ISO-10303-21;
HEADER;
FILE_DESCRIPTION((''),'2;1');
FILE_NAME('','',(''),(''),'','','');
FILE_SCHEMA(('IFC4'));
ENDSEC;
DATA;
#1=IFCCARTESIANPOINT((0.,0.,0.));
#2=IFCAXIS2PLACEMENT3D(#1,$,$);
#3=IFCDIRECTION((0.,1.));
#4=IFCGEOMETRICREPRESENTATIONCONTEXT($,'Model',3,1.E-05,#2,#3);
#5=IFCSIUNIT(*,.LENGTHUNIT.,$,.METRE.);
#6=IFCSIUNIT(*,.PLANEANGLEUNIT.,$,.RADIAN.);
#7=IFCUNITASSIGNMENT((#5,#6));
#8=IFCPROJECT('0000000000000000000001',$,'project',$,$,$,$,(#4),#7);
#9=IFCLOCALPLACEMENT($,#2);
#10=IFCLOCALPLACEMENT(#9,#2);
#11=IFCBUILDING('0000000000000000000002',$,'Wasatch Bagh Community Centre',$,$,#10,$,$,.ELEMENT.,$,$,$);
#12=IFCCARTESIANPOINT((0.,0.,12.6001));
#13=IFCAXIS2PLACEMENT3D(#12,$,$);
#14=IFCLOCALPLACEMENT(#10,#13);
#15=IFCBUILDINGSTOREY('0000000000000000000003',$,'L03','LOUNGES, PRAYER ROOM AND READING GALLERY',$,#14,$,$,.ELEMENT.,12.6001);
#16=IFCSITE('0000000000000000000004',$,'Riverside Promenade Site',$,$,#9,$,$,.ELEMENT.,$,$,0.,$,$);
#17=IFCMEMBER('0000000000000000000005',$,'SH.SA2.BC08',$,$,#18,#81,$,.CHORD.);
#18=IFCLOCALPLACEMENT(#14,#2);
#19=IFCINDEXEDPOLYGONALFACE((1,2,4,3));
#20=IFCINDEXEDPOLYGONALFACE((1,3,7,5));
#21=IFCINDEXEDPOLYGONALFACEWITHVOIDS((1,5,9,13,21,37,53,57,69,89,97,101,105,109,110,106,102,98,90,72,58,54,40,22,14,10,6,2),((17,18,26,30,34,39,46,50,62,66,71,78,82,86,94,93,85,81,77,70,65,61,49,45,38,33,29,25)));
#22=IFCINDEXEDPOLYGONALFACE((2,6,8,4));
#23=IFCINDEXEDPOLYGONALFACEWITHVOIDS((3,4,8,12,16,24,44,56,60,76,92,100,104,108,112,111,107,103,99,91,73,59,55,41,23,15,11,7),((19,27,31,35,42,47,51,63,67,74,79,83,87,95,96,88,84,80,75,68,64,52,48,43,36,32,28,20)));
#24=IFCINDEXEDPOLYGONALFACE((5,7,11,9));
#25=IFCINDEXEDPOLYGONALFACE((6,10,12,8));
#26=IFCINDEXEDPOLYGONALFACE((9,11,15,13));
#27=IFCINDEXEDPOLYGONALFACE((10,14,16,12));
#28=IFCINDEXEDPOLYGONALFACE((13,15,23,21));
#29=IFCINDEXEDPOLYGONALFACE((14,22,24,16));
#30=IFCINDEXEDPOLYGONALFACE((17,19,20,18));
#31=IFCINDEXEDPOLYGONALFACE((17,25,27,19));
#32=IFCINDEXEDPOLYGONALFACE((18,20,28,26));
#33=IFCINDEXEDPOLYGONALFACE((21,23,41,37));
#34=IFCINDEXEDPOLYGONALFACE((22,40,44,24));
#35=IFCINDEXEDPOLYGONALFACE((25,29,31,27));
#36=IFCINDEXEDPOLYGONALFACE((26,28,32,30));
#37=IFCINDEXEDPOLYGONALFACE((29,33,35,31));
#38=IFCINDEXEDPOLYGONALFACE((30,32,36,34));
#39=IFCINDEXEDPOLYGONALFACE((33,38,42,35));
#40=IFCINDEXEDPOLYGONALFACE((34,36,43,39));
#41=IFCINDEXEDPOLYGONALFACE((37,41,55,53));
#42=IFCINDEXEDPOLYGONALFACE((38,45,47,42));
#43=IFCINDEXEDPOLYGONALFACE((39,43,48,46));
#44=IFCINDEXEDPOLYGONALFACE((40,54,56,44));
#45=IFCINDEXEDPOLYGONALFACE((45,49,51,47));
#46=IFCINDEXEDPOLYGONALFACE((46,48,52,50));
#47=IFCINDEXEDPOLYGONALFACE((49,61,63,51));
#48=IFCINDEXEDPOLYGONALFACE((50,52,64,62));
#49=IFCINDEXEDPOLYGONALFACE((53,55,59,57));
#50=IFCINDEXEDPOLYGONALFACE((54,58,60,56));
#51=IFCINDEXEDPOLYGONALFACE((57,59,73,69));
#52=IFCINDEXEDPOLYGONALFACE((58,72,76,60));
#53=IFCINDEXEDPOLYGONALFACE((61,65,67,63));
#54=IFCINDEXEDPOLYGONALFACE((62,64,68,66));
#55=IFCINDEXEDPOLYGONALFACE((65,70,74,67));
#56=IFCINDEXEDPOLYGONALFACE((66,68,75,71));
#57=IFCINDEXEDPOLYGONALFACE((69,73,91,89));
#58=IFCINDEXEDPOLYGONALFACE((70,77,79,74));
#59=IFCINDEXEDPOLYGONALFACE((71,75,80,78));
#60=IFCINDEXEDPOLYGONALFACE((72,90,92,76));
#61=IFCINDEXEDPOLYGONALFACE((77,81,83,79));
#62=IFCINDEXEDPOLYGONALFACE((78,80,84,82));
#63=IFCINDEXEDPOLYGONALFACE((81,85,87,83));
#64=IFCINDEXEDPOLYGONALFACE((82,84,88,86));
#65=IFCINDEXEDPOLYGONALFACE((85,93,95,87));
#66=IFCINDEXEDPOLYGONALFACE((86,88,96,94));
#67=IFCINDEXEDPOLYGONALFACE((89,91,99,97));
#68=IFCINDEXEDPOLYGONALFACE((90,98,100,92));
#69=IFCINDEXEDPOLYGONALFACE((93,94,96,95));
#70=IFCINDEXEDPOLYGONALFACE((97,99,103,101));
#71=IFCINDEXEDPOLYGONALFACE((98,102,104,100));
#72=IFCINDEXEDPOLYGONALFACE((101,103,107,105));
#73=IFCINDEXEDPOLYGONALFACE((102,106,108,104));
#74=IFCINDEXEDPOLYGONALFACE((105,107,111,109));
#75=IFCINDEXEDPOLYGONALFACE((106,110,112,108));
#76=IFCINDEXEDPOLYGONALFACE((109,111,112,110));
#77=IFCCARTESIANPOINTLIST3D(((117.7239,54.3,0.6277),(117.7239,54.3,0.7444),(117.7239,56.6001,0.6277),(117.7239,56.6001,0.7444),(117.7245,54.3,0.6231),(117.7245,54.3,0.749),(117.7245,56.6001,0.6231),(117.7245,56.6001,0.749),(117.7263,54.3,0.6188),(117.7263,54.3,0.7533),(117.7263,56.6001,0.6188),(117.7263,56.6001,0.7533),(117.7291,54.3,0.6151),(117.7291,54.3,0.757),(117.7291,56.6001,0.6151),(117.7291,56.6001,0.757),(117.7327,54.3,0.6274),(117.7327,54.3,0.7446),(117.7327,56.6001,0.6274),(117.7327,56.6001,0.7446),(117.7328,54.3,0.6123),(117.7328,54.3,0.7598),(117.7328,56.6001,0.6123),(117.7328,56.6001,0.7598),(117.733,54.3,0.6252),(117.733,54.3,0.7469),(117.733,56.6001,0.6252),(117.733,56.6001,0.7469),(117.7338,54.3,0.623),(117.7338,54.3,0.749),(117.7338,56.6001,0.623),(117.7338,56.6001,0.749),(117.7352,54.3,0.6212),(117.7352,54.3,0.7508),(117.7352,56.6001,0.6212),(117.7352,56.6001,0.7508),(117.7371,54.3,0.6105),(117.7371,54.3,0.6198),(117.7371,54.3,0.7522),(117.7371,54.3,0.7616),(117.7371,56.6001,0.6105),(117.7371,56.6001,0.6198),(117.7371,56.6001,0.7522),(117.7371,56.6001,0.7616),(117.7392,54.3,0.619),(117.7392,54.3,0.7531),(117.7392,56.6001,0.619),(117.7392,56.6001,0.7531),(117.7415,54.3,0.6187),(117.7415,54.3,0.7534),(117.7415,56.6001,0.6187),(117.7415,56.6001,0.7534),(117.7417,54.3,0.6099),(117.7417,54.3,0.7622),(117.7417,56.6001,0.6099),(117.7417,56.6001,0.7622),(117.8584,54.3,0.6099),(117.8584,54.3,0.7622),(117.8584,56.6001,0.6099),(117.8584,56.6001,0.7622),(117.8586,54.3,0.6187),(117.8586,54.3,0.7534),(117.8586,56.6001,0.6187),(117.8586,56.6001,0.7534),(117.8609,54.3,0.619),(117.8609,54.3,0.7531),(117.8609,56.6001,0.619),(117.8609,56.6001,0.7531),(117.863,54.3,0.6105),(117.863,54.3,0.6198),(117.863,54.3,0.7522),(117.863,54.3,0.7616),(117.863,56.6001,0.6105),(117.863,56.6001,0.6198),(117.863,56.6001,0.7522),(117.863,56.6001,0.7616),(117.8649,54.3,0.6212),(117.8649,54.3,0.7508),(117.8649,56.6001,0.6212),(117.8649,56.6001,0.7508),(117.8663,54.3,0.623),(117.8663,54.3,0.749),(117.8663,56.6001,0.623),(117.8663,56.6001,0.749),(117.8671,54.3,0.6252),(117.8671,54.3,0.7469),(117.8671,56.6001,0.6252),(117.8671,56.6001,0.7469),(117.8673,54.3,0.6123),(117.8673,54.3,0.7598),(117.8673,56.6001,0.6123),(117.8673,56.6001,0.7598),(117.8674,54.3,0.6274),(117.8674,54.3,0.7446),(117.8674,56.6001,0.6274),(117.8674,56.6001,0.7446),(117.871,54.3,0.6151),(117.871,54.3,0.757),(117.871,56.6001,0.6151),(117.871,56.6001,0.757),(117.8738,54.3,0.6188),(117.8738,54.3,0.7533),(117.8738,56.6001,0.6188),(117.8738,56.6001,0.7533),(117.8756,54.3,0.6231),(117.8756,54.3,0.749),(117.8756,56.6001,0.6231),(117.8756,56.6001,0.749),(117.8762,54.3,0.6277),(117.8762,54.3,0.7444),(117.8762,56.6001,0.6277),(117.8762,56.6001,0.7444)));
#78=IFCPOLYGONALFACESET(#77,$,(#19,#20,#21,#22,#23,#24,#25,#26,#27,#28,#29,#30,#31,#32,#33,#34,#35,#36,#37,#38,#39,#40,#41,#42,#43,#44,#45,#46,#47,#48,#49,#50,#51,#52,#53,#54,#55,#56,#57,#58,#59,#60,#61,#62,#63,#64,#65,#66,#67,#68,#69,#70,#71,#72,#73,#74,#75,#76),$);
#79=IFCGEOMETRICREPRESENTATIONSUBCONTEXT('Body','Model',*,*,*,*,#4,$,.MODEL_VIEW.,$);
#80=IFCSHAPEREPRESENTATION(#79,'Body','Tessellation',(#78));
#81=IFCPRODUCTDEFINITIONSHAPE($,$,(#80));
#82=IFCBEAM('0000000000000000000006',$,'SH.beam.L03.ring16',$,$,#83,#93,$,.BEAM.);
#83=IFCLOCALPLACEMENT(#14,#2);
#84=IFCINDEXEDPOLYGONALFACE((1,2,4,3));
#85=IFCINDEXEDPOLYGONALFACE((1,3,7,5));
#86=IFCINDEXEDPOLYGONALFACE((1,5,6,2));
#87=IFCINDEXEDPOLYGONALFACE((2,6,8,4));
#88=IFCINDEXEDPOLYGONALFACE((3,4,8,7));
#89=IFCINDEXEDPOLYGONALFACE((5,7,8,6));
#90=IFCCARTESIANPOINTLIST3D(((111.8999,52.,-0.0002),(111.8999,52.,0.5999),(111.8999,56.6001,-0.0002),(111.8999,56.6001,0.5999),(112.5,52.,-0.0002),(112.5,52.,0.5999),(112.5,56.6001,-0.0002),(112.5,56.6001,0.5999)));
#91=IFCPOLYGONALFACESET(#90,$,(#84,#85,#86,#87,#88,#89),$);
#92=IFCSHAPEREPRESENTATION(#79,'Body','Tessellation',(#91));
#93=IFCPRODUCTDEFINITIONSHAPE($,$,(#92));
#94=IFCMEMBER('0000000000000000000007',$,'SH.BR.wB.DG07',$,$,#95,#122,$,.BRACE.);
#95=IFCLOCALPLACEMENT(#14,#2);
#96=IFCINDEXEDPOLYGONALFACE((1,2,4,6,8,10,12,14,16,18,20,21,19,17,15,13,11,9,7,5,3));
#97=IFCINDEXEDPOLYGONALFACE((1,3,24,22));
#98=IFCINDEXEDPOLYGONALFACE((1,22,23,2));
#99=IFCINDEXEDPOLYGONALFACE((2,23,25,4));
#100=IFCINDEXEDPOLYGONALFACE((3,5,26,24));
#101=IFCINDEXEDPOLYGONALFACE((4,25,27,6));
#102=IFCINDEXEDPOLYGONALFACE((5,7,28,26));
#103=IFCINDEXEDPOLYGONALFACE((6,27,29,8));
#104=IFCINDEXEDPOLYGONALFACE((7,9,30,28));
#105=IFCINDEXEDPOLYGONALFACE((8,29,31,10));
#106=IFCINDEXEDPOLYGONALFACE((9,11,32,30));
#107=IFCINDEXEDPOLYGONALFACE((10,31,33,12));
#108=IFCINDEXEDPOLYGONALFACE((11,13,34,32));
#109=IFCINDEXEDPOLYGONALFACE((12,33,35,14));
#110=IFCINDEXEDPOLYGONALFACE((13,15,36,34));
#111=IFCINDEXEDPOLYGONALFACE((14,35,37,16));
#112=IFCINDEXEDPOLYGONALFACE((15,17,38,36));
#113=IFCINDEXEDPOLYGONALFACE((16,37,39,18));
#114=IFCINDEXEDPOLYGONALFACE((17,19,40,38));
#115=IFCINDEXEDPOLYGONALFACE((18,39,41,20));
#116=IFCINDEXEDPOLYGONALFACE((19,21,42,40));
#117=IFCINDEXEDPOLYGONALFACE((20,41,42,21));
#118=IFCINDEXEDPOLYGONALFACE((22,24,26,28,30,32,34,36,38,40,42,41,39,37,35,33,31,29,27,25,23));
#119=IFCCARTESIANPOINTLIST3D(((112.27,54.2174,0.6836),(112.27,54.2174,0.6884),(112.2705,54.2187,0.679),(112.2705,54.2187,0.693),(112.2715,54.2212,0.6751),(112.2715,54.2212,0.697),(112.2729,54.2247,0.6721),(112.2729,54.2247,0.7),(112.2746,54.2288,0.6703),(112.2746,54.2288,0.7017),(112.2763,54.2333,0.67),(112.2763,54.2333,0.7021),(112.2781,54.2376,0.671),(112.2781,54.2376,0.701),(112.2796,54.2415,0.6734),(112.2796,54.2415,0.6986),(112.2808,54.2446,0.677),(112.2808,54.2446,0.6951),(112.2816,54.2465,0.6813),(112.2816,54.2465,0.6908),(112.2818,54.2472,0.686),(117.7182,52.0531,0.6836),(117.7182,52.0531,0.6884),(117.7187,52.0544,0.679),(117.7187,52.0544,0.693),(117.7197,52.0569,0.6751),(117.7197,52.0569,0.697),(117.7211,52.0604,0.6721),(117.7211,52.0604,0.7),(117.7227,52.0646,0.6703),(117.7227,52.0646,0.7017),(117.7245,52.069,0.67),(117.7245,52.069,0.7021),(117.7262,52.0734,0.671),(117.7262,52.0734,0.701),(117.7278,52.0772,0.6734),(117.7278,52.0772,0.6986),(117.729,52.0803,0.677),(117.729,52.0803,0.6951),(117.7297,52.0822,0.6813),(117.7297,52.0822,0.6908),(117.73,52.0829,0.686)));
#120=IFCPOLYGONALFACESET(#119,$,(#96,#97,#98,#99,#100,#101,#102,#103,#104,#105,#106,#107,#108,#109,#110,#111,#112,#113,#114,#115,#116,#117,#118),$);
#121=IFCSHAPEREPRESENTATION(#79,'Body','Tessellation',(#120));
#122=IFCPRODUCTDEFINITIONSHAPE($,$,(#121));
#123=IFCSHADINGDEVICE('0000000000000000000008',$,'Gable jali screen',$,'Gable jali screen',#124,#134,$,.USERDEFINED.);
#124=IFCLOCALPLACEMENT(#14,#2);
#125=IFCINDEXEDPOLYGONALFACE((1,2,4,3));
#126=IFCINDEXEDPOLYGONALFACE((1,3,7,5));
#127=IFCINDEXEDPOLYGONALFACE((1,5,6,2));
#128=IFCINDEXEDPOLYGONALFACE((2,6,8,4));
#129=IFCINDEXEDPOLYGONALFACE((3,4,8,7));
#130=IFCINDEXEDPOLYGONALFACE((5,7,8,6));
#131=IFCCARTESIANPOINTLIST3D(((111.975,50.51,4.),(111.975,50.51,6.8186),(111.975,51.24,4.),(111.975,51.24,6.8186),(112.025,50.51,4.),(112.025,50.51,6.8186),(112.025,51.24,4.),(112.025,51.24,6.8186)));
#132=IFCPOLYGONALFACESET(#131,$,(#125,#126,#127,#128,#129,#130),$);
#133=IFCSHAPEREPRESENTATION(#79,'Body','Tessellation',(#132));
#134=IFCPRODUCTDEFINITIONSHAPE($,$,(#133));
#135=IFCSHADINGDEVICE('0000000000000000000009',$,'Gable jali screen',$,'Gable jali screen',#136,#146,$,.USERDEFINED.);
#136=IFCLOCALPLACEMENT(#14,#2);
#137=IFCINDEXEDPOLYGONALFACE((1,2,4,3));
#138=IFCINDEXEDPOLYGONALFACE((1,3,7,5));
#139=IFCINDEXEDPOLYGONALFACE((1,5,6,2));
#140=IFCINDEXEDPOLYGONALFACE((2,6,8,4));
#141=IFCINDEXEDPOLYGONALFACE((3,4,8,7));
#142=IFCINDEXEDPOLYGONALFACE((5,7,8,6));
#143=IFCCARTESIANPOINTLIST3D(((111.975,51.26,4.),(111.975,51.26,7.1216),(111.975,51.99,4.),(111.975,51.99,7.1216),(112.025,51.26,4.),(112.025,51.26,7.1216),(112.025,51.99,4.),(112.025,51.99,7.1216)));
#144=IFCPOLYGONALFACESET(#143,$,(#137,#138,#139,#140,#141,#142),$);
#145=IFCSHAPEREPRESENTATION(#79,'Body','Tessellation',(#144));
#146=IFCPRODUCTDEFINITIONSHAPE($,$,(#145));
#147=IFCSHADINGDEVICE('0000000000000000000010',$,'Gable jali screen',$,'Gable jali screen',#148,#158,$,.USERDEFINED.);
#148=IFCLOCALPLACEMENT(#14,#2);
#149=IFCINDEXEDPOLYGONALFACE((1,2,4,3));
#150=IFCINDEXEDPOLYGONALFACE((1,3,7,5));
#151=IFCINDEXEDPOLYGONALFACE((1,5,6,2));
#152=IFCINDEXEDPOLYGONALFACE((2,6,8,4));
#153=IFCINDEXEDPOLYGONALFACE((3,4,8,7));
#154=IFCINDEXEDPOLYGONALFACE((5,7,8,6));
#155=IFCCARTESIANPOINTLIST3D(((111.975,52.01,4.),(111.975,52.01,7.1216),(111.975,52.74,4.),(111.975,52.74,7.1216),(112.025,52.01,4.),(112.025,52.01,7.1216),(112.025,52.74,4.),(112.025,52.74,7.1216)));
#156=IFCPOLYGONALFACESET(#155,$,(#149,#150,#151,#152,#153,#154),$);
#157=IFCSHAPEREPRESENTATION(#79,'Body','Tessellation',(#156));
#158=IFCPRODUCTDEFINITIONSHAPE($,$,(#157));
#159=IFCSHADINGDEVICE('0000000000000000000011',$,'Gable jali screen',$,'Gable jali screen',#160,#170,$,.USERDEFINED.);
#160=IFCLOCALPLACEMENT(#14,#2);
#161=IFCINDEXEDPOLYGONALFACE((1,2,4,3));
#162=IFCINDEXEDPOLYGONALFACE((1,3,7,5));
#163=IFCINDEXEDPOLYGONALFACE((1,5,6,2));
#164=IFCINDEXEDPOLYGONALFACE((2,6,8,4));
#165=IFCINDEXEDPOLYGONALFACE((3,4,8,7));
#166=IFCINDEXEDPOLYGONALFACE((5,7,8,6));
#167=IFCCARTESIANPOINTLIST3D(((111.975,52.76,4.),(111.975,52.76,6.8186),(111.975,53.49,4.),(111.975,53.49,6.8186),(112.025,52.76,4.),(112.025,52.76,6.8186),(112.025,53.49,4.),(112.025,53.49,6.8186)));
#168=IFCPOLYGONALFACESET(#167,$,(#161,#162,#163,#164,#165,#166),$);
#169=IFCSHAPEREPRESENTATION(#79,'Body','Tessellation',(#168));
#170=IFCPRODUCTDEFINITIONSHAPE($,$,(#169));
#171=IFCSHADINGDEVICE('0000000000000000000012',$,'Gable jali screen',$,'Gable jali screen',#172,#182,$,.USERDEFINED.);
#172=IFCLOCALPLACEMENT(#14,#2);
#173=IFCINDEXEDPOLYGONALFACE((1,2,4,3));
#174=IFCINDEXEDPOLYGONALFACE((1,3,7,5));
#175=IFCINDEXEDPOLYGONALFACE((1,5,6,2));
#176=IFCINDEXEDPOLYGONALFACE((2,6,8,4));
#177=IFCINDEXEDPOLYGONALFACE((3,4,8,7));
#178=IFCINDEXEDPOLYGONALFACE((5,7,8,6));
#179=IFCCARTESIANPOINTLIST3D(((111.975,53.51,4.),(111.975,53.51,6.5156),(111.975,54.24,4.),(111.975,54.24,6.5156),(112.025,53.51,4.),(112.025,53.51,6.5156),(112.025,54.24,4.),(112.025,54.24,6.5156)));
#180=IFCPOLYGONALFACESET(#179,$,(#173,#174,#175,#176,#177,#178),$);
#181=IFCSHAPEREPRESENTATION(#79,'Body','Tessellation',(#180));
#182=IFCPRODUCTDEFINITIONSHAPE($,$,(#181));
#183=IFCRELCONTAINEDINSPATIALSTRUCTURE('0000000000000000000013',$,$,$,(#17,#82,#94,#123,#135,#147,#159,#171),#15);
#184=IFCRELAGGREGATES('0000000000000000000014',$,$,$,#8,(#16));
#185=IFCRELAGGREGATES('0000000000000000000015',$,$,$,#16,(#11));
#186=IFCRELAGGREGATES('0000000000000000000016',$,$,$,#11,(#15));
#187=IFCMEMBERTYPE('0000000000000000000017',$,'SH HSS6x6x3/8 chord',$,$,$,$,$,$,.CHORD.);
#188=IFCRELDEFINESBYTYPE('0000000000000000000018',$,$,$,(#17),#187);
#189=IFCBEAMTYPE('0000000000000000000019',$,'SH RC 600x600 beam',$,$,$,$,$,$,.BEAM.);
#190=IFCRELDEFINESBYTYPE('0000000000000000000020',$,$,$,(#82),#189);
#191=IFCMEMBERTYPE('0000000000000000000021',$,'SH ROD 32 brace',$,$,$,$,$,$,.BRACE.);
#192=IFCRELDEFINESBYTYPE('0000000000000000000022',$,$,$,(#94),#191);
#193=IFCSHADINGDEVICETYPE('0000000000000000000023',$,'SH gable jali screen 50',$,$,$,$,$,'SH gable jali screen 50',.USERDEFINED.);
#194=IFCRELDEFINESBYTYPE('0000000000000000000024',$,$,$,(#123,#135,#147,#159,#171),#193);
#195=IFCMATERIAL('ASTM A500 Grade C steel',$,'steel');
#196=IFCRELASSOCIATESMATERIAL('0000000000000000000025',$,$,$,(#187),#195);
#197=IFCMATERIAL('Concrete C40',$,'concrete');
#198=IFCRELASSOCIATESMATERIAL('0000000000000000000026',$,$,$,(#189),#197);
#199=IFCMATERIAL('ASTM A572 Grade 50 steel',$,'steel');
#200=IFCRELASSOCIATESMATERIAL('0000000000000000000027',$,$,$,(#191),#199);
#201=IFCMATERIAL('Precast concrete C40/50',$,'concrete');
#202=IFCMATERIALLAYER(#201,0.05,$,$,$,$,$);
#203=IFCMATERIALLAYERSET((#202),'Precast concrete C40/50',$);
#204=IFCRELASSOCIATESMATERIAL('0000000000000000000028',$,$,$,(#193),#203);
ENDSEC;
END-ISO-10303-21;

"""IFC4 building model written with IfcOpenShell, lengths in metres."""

from ifc_helpers import new_model, si_unit, direction, frame, origin, origin_2d, place, context, subcontext, project, spatial, rectangle, hollow_rectangle, circle, extrude, material, layer, layer_set, material_profile, profile_set, type_object, element, save


model = new_model("IFC4")

# Units and contexts
model_context = context("Model", 3, precision=1e-05, world=origin(), true_north=direction((0.0, 1.0)))
body_context = subcontext(model_context, "Body", "Model", "MODEL_VIEW")
ifc_project = project(units=[si_unit("LENGTHUNIT", "METRE"), si_unit("PLANEANGLEUNIT", "RADIAN")], contexts=[model_context])

# Site, building, storey
site_placement = place(None, origin())
site = spatial("IfcSite", under=ifc_project, at=site_placement, Name="Riverside Promenade Site", CompositionType="ELEMENT", RefElevation=0.0)
building_placement = place(site_placement, origin())
building = spatial("IfcBuilding", under=site, at=building_placement, Name="Wasatch Bagh Community Centre", CompositionType="ELEMENT")
storey_placement = place(building_placement, frame((0.0, 0.0, 12.6001)))
storey = spatial("IfcBuildingStorey", under=building, at=storey_placement, Name="L03", Description="LOUNGES, PRAYER ROOM AND READING GALLERY", CompositionType="ELEMENT", Elevation=12.6001)

# Member
ifc_material_1 = material(Name="ASTM A500 Grade C steel", Category="steel")
ifc_material_profile_1 = material_profile(ifc_material_1, hollow_rectangle(XDim=0.1523, YDim=0.1523, WallThickness=0.0088, InnerFilletRadius=0.0088, OuterFilletRadius=0.0178, at=origin_2d()), Name="HSS6x6x3/8")
ifc_profile_set_1 = profile_set([ifc_material_profile_1], Name="ASTM A500 Grade C steel")
member_type_1 = type_object("IfcMemberType", Name="SH HSS6x6x3/8 chord", PredefinedType="CHORD", material=ifc_profile_set_1)
for number, where, z_axis, x_axis, name in (
    (1, (117.8, 54.3, 0.686), (0.0, 1.0, 0.0), (-1.0, 0.0, 0.0), "SH.SA2.BC08"),
):
    element("IfcMember", number, at=place(storey_placement, frame(where, z_axis=z_axis, x_axis=x_axis)), inside=storey, type_object=member_type_1, Name=name, PredefinedType="CHORD", context=body_context, shape_type="SweptSolid", body=[
        extrude(hollow_rectangle(XDim=0.1523, YDim=0.1523, WallThickness=0.0088, InnerFilletRadius=0.0088, OuterFilletRadius=0.0178, at=origin_2d()), origin(), (0.0, 0.0, 1.0), 2.3),
    ])

# Beam
ifc_material_2 = material(Name="Concrete C40", Category="concrete")
ifc_material_profile_2 = material_profile(ifc_material_2, rectangle(XDim=0.6001, YDim=0.6001, at=origin_2d()), Name="RC 600x600")
ifc_profile_set_2 = profile_set([ifc_material_profile_2], Name="Concrete C40")
beam_type = type_object("IfcBeamType", Name="SH RC 600x600 beam", PredefinedType="BEAM", material=ifc_profile_set_2)
beam_placement = place(storey_placement, frame((112.2, 52.0, 0.2998), z_axis=(0.0, 1.0, 0.0), x_axis=(-1.0, 0.0, 0.0)))
element("IfcBeam", 2, at=beam_placement, inside=storey, type_object=beam_type, Name="SH.beam.L03.ring16", PredefinedType="BEAM", context=body_context, shape_type="SweptSolid", body=[
    extrude(rectangle(XDim=0.6001, YDim=0.6001, at=origin_2d()), origin(), (0.0, 0.0, 1.0), 4.6001),
])

# Member
ifc_material_3 = material(Name="ASTM A572 Grade 50 steel", Category="steel")
ifc_material_profile_3 = material_profile(ifc_material_3, circle(Radius=0.0161, at=origin_2d()), Name="ROD 32")
ifc_profile_set_3 = profile_set([ifc_material_profile_3], Name="ASTM A572 Grade 50 steel")
member_type_2 = type_object("IfcMemberType", Name="SH ROD 32 brace", PredefinedType="BRACE", material=ifc_profile_set_3)
member_1_placement = place(storey_placement, frame((112.2759, 54.2322, 0.686), z_axis=(0.929356, -0.369185, 0.0), x_axis=(0.369185, 0.929356, 0.0)))
element("IfcMember", 3, at=member_1_placement, inside=storey, type_object=member_type_2, Name="SH.BR.wB.DG07", PredefinedType="BRACE", context=body_context, shape_type="SweptSolid", body=[
    extrude(circle(Radius=0.0161, at=origin_2d()), origin(), (0.0, 0.0, 1.0), 5.8623),
])

# Shading devices
ifc_material_4 = material(Name="Precast concrete C40/50", Category="concrete")
ifc_layer = layer(ifc_material_4, 0.05)
ifc_layer_set = layer_set([ifc_layer], Name="Precast concrete C40/50")
shading_device_type = type_object("IfcShadingDeviceType", Name="SH gable jali screen 50", ElementType="SH gable jali screen 50", PredefinedType="USERDEFINED", material=ifc_layer_set)
shading_device_1_placement = place(storey_placement, frame((112.0, 50.875, 4.0), z_axis=(0.0, 0.0, 1.0), x_axis=(1.0, 0.0, 0.0)))
element("IfcShadingDevice", 4, at=shading_device_1_placement, inside=storey, type_object=shading_device_type, Name="Gable jali screen", ObjectType="Gable jali screen", PredefinedType="USERDEFINED", context=body_context, shape_type="SweptSolid", body=[
    extrude(rectangle(XDim=0.05, YDim=0.73, at=origin_2d()), origin(), (0.0, 0.0, 1.0), 2.8186),
])
for number, where, z_axis, x_axis, name in (
    (5, (112.0, 51.625, 4.0), (0.0, 0.0, 1.0), (1.0, 0.0, 0.0), "Gable jali screen"),
    (6, (112.0, 52.375, 4.0), (0.0, 0.0, 1.0), (1.0, 0.0, 0.0), "Gable jali screen"),
):
    element("IfcShadingDevice", number, at=place(storey_placement, frame(where, z_axis=z_axis, x_axis=x_axis)), inside=storey, type_object=shading_device_type, Name=name, ObjectType="Gable jali screen", PredefinedType="USERDEFINED", context=body_context, shape_type="SweptSolid", body=[
        extrude(rectangle(XDim=0.05, YDim=0.73, at=origin_2d()), origin(), (0.0, 0.0, 1.0), 3.1216),
    ])
shading_device_2_placement = place(storey_placement, frame((112.0, 53.125, 4.0), z_axis=(0.0, 0.0, 1.0), x_axis=(1.0, 0.0, 0.0)))
element("IfcShadingDevice", 7, at=shading_device_2_placement, inside=storey, type_object=shading_device_type, Name="Gable jali screen", ObjectType="Gable jali screen", PredefinedType="USERDEFINED", context=body_context, shape_type="SweptSolid", body=[
    extrude(rectangle(XDim=0.05, YDim=0.73, at=origin_2d()), origin(), (0.0, 0.0, 1.0), 2.8186),
])
shading_device_3_placement = place(storey_placement, frame((112.0, 53.875, 4.0), z_axis=(0.0, 0.0, 1.0), x_axis=(1.0, 0.0, 0.0)))
element("IfcShadingDevice", 8, at=shading_device_3_placement, inside=storey, type_object=shading_device_type, Name="Gable jali screen", ObjectType="Gable jali screen", PredefinedType="USERDEFINED", context=body_context, shape_type="SweptSolid", body=[
    extrude(rectangle(XDim=0.05, YDim=0.73, at=origin_2d()), origin(), (0.0, 0.0, 1.0), 2.5156),
])

save(model, "model.ifc")
